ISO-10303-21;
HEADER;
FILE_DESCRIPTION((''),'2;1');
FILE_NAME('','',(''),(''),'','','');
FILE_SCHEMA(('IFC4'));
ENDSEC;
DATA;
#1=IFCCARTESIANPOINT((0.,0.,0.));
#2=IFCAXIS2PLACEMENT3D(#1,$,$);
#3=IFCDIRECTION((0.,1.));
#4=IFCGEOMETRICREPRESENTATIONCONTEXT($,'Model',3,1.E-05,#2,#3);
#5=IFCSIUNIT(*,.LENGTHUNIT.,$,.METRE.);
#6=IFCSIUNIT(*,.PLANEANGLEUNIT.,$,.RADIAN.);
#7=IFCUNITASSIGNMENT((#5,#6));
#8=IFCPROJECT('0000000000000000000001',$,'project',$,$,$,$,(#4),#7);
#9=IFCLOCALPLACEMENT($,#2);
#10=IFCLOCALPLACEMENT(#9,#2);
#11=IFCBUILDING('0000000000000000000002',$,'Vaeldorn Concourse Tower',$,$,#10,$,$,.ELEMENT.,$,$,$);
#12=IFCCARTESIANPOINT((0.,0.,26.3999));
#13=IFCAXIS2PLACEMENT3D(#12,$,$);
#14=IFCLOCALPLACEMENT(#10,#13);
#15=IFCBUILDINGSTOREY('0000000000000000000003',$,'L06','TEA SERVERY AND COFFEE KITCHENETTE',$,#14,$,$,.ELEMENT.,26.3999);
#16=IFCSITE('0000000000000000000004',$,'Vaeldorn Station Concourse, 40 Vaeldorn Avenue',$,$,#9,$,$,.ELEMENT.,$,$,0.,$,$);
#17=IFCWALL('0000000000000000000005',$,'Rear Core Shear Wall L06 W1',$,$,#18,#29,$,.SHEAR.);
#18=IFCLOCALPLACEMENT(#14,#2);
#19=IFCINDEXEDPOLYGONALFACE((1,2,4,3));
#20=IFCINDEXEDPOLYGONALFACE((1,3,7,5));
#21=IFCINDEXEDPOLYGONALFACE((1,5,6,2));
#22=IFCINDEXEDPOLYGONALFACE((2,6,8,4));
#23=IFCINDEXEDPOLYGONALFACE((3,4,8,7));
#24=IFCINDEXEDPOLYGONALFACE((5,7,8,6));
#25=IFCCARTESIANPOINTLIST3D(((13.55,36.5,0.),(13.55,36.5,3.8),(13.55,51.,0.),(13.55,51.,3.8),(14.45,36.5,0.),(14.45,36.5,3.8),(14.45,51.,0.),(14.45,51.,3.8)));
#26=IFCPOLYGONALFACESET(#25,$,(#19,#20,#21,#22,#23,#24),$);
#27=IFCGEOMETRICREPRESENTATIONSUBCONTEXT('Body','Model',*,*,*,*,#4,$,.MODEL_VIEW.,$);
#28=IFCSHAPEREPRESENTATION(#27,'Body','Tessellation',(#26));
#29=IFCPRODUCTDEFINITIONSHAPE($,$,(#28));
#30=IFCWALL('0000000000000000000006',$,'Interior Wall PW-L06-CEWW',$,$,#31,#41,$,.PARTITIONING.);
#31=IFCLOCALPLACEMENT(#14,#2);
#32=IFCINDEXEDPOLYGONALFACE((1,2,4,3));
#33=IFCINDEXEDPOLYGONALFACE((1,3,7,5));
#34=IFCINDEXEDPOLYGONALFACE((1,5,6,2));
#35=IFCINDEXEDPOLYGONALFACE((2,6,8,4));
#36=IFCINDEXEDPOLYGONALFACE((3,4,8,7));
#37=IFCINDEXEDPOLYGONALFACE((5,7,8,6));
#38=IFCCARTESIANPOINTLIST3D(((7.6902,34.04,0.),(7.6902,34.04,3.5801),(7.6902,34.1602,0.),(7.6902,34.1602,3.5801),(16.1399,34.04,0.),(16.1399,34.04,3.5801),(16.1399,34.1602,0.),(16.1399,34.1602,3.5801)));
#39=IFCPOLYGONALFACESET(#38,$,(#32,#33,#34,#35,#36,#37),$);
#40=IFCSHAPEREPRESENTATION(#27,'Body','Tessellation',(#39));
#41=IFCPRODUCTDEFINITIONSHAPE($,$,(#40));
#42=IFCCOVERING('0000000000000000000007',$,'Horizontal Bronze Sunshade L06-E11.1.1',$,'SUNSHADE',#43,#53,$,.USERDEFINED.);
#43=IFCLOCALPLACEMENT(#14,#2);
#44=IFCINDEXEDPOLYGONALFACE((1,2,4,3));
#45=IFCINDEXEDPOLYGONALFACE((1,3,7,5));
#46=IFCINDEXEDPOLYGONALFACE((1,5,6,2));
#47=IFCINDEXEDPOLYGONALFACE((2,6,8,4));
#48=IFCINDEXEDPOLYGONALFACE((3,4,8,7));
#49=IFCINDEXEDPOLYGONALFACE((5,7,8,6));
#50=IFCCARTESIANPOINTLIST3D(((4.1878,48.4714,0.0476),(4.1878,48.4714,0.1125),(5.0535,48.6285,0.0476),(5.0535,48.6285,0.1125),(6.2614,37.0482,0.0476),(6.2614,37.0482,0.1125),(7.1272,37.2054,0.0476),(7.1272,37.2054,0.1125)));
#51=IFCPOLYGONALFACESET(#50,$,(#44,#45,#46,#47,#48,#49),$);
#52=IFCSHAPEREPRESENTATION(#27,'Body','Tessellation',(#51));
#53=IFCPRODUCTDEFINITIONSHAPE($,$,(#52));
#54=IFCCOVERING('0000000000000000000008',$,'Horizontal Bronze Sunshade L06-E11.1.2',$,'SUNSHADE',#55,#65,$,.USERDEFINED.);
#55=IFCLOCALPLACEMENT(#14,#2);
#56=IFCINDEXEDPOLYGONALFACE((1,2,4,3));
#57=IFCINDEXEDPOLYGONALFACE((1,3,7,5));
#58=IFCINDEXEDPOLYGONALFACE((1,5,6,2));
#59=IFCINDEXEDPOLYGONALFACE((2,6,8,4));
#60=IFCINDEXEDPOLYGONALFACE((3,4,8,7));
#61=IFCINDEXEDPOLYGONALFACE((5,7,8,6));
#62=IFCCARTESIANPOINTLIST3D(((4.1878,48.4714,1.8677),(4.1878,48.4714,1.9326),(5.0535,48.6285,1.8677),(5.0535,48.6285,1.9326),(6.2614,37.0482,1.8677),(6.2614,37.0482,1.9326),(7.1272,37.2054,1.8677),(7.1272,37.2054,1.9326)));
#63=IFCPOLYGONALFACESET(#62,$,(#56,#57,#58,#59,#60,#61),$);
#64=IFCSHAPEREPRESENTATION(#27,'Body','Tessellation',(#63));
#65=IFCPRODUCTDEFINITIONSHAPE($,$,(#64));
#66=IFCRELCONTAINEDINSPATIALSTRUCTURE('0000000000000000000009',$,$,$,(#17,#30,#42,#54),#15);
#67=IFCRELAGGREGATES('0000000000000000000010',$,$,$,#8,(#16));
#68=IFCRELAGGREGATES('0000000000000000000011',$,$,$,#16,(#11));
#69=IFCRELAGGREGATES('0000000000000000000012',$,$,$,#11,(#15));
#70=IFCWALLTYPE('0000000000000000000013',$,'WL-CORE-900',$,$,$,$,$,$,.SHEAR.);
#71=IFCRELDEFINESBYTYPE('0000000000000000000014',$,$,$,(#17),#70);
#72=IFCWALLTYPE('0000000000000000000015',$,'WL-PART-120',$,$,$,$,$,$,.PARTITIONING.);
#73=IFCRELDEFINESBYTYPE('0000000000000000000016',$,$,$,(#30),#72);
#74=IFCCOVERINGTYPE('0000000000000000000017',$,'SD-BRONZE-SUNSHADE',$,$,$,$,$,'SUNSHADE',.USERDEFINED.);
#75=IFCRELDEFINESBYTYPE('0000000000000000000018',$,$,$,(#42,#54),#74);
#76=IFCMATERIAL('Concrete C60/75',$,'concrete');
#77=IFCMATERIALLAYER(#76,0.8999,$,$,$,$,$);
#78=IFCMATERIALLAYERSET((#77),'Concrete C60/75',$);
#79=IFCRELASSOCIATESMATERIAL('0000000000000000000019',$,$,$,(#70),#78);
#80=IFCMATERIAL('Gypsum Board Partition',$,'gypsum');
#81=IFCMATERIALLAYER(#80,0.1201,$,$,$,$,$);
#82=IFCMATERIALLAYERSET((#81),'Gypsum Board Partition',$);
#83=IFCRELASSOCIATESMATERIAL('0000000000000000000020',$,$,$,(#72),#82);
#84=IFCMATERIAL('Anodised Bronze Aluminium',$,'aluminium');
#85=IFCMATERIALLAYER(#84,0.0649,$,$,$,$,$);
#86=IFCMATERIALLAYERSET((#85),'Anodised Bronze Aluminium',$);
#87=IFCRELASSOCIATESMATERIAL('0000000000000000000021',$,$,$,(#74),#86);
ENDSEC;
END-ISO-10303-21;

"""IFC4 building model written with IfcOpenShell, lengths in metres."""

from ifc_helpers import new_model, si_unit, direction, frame, frame_2d, origin, origin_2d, place, context, subcontext, project, spatial, rectangle, extrude, source, transform, mapped, material, layer, layer_set, type_object, element, save


model = new_model("IFC4")

# Units and contexts
model_context = context("Model", 3, precision=1e-05, world=origin(), true_north=direction((0.0, 1.0)))
body_context = subcontext(model_context, "Body", "Model", "MODEL_VIEW")
ifc_project = project(units=[si_unit("LENGTHUNIT", "METRE"), si_unit("PLANEANGLEUNIT", "RADIAN")], contexts=[model_context])

# Site, building, storey
site_placement = place(None, origin())
site = spatial("IfcSite", under=ifc_project, at=site_placement, Name="Vaeldorn Station Concourse, 40 Vaeldorn Avenue", CompositionType="ELEMENT", RefElevation=0.0)
building_placement = place(site_placement, origin())
building = spatial("IfcBuilding", under=site, at=building_placement, Name="Vaeldorn Concourse Tower", CompositionType="ELEMENT")
storey_placement = place(building_placement, frame((0.0, 0.0, 26.3999)))
storey = spatial("IfcBuildingStorey", under=building, at=storey_placement, Name="L06", Description="TEA SERVERY AND COFFEE KITCHENETTE", CompositionType="ELEMENT", Elevation=26.3999)

# Shared definitions
ifc_material_1 = material(Name="Concrete C60/75", Category="concrete")

# Shared definitions
ifc_material_2 = material(Name="Anodised Bronze Aluminium", Category="aluminium")

# Walls
ifc_layer_1 = layer(ifc_material_1, 0.8999)
ifc_layer_set_1 = layer_set([ifc_layer_1], Name="Concrete C60/75")
wall_type_1 = type_object("IfcWallType", Name="WL-CORE-900", PredefinedType="SHEAR", material=ifc_layer_set_1)
wall_1_placement = place(storey_placement, frame((14.0, 36.5, 0.0), z_axis=(0.0, 0.0, 1.0), x_axis=(0.0, 1.0, 0.0)))
element("IfcWall", 1, at=wall_1_placement, inside=storey, type_object=wall_type_1, Name="Rear Core Shear Wall L06 W1", PredefinedType="SHEAR", context=body_context, shape_type="SweptSolid", body=[
    extrude(rectangle(XDim=14.5, YDim=0.8999, at=frame_2d((7.25, 0.0))), origin(), (0.0, 0.0, 1.0), 3.8),
])
ifc_material_3 = material(Name="Gypsum Board Partition", Category="gypsum")
ifc_layer_2 = layer(ifc_material_3, 0.1201)
ifc_layer_set_2 = layer_set([ifc_layer_2], Name="Gypsum Board Partition")
wall_type_2 = type_object("IfcWallType", Name="WL-PART-120", PredefinedType="PARTITIONING", material=ifc_layer_set_2)
wall_2_placement = place(storey_placement, frame((7.6902, 34.1001, 0.0), z_axis=(0.0, 0.0, 1.0), x_axis=(1.0, 0.0, 0.0)))
element("IfcWall", 2, at=wall_2_placement, inside=storey, type_object=wall_type_2, Name="Interior Wall PW-L06-CEWW", PredefinedType="PARTITIONING", context=body_context, shape_type="SweptSolid", body=[
    extrude(rectangle(XDim=8.4497, YDim=0.1201, at=frame_2d((4.2249, 0.0))), origin(), (0.0, 0.0, 1.0), 3.5801),
])

# Coverings
ifc_layer_3 = layer(ifc_material_2, 0.0649)
ifc_layer_set_3 = layer_set([ifc_layer_3], Name="Anodised Bronze Aluminium")
covering_type = type_object("IfcCoveringType", Name="SD-BRONZE-SUNSHADE", ElementType="SUNSHADE", PredefinedType="USERDEFINED", material=ifc_layer_set_3)
shared_shape_1 = source(origin(), body_context, "Body", "SweptSolid", [
    extrude(rectangle(XDim=11.6099, YDim=0.8799, at=origin_2d()), origin(), (0.0, 0.0, 1.0), 0.0649),
])
for number, where, z_axis, x_axis, name in (
    (3, (5.6575, 42.8384, 0.0476), (0.0, 0.0, 1.0), (0.178613, -0.983919, 0.0), "Horizontal Bronze Sunshade L06-E11.1.1"),
    (4, (5.6575, 42.8384, 1.8677), (0.0, 0.0, 1.0), (0.178613, -0.983919, 0.0), "Horizontal Bronze Sunshade L06-E11.1.2"),
):
    element("IfcCovering", number, at=place(storey_placement, frame(where, z_axis=z_axis, x_axis=x_axis)), inside=storey, type_object=covering_type, Name=name, ObjectType="SUNSHADE", PredefinedType="USERDEFINED", context=body_context, shape_type="MappedRepresentation", body=[
        mapped(shared_shape_1, transform((0.0, 0.0, 0.0), scale=1.0)),
    ])

save(model, "model.ifc")
